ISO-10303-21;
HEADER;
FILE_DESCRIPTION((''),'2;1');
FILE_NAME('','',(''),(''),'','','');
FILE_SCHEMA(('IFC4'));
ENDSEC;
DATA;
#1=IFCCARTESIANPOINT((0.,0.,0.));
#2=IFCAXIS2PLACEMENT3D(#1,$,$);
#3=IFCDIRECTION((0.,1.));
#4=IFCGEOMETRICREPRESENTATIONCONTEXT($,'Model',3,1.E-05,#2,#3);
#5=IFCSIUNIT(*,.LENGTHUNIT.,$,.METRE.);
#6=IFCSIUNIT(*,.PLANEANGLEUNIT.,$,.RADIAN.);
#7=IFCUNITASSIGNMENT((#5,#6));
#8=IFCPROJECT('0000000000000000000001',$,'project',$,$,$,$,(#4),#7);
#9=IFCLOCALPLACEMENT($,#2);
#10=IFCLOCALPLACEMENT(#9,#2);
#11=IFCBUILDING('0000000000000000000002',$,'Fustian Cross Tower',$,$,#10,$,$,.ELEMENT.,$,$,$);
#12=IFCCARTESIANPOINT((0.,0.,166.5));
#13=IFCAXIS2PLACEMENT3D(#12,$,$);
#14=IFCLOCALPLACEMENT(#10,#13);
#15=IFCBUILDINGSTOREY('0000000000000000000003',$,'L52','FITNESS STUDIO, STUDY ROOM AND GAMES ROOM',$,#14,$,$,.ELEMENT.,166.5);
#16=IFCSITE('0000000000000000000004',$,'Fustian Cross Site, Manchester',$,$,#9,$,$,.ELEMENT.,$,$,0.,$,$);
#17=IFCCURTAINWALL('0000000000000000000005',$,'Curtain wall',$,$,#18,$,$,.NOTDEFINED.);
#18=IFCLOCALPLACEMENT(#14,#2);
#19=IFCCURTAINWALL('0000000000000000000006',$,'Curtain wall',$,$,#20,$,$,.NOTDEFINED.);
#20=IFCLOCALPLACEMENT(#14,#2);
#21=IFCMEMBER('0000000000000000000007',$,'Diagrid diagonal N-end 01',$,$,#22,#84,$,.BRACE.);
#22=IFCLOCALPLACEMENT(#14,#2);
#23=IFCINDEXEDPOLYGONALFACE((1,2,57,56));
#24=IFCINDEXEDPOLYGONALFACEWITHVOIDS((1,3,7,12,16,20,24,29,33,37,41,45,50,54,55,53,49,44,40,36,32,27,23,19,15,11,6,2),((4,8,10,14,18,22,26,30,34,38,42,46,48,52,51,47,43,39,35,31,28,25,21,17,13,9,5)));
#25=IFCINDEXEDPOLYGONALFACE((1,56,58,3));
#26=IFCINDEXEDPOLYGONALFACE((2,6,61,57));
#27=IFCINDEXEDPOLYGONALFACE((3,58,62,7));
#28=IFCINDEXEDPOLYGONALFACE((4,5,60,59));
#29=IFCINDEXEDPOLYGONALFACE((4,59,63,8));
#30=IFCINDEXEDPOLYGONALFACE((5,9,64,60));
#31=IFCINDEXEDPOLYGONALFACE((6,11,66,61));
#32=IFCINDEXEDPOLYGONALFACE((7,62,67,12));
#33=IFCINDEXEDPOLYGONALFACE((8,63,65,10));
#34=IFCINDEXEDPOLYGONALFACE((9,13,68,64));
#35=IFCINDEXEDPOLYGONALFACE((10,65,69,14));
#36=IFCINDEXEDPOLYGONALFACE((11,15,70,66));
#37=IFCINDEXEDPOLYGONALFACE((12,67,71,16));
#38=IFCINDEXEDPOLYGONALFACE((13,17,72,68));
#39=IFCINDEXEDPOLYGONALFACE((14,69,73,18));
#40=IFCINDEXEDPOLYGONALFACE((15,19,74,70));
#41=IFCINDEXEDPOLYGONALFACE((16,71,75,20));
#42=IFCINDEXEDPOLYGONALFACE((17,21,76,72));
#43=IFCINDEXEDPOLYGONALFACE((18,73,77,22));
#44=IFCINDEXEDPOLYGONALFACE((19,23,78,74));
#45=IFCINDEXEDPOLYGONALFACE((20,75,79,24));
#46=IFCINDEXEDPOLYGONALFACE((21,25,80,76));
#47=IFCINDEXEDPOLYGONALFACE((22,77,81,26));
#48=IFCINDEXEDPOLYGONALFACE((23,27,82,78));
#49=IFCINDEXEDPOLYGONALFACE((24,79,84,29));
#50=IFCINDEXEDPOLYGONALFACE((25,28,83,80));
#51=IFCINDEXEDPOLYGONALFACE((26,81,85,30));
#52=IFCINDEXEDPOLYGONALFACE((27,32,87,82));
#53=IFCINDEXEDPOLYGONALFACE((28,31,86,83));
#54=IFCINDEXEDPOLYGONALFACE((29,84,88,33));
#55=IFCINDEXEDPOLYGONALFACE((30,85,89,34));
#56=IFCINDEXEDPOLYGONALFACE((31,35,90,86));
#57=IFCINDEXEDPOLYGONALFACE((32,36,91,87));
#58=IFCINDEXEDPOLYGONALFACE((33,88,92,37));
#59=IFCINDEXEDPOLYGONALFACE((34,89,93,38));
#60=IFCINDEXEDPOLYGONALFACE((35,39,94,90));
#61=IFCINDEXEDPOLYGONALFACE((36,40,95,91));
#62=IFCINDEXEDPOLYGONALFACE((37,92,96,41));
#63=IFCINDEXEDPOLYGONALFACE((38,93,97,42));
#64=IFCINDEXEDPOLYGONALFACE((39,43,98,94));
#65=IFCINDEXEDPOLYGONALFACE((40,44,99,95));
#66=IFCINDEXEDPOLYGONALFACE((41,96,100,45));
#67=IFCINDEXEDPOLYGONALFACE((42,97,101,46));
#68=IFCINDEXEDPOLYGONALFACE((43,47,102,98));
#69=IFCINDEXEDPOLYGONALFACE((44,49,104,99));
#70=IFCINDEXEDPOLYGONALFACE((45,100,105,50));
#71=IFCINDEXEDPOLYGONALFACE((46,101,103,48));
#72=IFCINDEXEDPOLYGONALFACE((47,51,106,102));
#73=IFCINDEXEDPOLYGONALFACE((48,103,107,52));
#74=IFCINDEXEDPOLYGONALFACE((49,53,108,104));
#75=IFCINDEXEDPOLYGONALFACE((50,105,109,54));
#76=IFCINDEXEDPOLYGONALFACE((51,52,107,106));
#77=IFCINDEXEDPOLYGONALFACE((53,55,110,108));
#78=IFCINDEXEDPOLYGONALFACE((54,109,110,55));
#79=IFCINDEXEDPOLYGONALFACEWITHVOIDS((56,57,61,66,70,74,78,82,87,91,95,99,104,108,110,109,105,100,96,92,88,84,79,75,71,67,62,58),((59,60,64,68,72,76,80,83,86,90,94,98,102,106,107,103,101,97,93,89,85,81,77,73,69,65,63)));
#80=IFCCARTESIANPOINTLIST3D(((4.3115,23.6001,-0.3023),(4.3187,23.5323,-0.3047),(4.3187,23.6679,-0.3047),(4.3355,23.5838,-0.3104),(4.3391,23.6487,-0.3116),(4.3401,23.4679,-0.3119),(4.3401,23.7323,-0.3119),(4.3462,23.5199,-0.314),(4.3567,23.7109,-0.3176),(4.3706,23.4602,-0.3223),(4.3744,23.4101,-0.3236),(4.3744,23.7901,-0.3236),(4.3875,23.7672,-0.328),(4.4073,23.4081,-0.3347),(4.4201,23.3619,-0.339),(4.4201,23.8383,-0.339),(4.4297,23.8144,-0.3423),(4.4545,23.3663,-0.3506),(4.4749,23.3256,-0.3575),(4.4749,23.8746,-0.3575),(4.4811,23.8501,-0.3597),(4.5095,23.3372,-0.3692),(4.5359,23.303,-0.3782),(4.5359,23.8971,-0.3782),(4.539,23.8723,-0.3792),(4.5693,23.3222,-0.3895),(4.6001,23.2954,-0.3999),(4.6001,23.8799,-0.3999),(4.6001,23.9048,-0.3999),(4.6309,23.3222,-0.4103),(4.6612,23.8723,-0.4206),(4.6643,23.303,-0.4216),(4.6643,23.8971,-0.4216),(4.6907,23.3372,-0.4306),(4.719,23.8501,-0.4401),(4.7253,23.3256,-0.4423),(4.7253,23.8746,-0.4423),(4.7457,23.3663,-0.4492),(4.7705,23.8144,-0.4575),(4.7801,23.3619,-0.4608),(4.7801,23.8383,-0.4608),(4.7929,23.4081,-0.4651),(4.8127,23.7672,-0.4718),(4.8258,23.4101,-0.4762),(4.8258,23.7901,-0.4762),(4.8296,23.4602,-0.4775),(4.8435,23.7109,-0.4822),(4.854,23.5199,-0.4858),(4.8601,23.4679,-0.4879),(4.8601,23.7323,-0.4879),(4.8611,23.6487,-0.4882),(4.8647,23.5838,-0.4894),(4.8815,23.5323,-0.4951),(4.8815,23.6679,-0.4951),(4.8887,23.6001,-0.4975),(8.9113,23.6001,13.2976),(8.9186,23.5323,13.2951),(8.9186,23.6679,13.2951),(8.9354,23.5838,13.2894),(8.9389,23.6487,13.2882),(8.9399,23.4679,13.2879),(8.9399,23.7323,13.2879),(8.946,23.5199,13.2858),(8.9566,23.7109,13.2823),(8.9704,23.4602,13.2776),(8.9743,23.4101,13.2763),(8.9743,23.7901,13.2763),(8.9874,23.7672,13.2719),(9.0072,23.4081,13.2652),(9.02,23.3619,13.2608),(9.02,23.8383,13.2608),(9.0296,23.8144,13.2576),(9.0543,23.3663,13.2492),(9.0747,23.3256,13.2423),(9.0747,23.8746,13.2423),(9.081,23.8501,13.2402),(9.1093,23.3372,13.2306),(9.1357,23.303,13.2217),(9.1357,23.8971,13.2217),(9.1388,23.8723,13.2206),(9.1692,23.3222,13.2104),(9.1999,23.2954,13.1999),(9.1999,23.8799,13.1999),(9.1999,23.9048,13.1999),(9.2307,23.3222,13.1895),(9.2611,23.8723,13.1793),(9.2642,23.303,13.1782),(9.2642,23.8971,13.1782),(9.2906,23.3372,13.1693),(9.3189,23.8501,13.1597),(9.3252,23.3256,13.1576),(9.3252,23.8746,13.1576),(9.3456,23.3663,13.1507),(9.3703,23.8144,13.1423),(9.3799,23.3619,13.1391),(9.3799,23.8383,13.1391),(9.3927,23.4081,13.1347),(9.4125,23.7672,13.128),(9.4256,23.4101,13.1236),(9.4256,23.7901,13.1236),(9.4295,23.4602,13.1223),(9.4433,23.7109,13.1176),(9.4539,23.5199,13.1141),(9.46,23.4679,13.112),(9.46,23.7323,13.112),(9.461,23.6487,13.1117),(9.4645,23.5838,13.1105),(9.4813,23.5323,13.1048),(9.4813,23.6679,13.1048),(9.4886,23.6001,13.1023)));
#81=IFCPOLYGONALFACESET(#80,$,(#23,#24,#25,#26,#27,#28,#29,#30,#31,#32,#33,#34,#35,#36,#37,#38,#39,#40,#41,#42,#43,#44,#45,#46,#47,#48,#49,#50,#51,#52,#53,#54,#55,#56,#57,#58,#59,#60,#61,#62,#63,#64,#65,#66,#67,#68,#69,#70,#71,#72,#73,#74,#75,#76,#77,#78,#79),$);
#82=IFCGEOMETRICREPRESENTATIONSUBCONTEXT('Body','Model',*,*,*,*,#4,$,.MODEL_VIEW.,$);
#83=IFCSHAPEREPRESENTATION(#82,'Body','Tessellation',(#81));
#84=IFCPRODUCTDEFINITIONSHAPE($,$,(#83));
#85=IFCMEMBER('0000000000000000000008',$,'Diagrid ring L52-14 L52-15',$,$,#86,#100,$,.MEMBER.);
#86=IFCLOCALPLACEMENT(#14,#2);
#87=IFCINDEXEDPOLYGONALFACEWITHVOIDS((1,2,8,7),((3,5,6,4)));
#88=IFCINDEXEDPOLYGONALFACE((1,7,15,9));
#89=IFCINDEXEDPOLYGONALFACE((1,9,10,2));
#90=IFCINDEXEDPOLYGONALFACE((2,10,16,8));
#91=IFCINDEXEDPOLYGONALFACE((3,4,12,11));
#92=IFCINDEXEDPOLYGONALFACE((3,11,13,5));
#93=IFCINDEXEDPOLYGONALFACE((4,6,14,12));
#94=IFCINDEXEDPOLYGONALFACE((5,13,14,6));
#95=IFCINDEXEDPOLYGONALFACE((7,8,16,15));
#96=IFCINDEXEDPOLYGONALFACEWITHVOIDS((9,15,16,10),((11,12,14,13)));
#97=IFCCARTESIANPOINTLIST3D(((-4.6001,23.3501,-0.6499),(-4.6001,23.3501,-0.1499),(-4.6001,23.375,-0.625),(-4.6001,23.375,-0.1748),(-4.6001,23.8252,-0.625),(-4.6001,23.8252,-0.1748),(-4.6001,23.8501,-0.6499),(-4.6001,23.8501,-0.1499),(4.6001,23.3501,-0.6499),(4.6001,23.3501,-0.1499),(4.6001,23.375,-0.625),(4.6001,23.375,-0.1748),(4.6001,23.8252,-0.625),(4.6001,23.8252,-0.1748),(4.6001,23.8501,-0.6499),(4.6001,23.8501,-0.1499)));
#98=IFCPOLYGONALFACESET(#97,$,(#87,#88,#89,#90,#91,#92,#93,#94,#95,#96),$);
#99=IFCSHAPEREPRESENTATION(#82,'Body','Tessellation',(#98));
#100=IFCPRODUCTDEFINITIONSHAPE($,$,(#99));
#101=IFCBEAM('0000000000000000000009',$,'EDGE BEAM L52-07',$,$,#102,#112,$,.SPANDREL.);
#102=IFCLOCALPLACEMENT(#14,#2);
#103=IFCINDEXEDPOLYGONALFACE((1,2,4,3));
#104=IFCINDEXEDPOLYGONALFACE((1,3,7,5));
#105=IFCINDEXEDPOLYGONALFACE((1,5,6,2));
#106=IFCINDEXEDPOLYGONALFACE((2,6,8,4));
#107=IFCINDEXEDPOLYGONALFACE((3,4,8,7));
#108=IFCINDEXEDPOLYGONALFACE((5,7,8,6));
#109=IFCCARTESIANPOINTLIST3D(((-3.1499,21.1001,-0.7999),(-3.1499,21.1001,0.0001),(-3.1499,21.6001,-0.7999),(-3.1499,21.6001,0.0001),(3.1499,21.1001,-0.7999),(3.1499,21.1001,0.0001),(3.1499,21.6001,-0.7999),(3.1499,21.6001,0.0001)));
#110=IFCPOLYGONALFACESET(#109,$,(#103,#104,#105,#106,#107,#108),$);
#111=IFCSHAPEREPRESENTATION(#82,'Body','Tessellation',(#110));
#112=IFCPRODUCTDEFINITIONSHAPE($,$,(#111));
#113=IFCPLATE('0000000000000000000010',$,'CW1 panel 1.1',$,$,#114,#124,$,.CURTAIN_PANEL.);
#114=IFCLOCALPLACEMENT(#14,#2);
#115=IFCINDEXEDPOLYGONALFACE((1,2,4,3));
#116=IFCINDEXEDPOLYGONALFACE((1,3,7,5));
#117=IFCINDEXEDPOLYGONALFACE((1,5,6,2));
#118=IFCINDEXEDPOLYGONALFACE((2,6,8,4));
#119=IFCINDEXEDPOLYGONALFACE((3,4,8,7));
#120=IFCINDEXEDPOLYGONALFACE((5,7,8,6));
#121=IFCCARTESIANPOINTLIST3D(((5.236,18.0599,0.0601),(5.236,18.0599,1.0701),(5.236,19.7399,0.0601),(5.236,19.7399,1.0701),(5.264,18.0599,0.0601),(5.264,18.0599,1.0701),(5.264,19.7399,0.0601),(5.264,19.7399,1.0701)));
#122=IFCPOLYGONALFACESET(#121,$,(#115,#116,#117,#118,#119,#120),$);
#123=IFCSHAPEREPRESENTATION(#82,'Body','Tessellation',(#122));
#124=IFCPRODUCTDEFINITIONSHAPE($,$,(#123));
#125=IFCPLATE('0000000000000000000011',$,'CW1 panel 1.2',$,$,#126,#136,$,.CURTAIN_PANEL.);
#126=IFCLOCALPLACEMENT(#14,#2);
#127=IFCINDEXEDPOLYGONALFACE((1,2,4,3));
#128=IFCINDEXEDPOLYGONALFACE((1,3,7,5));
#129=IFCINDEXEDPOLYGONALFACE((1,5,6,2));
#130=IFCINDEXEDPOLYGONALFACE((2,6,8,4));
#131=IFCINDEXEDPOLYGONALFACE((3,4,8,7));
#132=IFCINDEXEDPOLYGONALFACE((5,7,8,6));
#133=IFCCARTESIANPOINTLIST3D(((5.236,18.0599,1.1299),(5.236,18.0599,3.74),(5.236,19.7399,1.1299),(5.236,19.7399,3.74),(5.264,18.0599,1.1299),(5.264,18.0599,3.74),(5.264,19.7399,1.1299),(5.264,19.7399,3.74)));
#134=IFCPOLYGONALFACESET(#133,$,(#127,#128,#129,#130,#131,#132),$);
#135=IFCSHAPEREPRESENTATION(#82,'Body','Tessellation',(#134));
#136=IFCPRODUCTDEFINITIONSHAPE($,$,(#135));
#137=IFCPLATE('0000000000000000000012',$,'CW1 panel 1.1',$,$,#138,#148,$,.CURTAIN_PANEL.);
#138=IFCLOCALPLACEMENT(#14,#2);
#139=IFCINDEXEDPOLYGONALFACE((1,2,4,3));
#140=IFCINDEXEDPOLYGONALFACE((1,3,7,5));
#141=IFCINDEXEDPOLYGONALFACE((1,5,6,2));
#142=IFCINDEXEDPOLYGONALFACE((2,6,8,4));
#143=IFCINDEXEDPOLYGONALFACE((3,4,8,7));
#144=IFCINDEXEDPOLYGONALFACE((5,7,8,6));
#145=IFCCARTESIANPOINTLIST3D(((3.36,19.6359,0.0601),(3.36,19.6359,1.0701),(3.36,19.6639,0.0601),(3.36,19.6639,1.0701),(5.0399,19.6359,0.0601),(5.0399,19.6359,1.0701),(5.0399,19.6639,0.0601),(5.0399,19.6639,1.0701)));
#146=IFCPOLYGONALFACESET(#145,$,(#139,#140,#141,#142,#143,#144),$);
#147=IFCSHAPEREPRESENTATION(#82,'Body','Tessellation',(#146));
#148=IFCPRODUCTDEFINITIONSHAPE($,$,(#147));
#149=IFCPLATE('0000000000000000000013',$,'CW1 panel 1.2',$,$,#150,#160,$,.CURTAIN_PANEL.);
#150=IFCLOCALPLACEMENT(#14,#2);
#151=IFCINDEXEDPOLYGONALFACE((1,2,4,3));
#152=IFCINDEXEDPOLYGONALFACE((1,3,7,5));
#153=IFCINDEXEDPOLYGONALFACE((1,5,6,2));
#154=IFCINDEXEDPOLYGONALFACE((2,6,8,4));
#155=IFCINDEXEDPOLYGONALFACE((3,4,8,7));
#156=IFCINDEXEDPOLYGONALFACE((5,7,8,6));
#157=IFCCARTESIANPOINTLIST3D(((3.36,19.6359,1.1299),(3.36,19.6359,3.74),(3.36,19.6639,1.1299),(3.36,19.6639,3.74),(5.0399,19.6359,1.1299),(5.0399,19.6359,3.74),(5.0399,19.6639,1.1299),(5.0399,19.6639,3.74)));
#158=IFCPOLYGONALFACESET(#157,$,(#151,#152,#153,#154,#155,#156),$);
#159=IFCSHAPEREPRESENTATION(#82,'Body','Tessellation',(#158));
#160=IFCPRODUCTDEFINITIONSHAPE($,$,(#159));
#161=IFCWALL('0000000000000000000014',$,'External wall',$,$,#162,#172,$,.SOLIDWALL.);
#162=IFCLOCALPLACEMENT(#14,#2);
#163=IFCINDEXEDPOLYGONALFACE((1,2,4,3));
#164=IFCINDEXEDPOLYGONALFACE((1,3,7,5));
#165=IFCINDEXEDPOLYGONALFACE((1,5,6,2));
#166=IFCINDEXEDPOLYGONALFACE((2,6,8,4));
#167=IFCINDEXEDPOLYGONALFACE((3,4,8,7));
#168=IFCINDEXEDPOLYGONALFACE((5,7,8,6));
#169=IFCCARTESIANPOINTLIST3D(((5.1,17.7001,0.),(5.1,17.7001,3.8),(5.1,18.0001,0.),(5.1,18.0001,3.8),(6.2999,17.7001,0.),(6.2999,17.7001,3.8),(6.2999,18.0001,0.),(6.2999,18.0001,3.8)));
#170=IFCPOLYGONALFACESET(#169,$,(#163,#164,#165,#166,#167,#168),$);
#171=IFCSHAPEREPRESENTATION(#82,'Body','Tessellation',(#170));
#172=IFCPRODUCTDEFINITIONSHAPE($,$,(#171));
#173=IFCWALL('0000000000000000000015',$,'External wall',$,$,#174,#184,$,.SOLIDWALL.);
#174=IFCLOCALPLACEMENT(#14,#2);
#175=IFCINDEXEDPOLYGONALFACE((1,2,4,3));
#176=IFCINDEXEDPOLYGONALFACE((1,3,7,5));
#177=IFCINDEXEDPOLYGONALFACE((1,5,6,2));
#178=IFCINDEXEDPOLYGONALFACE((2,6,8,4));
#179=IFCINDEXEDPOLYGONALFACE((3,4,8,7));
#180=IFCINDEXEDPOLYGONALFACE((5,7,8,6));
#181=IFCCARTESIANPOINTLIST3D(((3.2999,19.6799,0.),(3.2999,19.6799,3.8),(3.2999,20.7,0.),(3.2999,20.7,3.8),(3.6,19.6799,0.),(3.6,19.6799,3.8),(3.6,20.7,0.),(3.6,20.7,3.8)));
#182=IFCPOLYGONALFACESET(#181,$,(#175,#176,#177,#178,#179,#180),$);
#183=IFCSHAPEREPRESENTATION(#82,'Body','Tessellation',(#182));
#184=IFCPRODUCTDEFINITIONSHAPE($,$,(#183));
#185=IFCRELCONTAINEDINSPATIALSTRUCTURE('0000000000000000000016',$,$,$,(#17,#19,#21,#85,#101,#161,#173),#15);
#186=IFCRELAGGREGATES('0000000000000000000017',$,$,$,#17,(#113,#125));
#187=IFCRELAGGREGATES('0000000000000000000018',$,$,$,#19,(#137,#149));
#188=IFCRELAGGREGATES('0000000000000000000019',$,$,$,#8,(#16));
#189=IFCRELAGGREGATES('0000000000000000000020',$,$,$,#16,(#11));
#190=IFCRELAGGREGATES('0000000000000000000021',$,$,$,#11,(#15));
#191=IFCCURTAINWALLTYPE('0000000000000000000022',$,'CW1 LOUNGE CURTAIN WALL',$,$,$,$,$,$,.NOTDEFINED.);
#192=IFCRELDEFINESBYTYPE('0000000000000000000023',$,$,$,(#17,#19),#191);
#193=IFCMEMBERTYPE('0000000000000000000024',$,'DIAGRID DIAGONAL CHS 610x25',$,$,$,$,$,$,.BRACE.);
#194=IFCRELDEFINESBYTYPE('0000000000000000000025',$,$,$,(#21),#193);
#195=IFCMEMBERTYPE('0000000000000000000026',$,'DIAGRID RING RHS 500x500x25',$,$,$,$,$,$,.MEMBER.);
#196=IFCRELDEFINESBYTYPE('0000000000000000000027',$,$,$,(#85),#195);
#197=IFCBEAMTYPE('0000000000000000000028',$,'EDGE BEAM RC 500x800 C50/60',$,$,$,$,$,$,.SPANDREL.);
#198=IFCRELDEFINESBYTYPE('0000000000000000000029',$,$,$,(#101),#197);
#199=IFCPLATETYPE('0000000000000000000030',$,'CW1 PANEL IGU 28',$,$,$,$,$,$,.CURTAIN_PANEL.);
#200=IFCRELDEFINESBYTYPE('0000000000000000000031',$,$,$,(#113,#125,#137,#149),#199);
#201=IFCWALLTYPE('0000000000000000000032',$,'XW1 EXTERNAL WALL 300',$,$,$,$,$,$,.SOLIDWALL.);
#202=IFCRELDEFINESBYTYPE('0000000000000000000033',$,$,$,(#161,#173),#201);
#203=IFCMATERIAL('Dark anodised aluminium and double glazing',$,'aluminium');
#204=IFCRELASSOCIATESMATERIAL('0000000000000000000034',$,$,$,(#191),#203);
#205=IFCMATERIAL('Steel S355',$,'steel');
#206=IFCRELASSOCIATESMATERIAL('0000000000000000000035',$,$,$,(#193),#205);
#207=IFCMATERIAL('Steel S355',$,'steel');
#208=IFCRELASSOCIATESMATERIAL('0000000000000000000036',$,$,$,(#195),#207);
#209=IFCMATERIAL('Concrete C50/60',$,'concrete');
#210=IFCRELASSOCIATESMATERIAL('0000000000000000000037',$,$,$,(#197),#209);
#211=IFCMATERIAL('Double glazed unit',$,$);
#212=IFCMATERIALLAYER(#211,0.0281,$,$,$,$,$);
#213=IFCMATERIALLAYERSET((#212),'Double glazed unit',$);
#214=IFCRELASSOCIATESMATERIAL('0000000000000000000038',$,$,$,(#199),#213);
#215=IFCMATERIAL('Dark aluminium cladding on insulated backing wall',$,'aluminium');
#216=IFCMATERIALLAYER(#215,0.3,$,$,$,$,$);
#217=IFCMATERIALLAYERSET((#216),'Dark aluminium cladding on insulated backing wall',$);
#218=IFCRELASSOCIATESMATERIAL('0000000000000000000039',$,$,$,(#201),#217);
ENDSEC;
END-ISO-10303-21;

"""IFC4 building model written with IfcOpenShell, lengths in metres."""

from ifc_helpers import new_model, si_unit, direction, frame, frame_2d, origin, origin_2d, place, context, subcontext, project, spatial, rectangle, hollow_rectangle, hollow_circle, extrude, material, layer, layer_set, material_profile, profile_set, type_object, element, aggregate, save


model = new_model("IFC4")

# Units and contexts
model_context = context("Model", 3, precision=1e-05, world=origin(), true_north=direction((0.0, 1.0)))
body_context = subcontext(model_context, "Body", "Model", "MODEL_VIEW")
ifc_project = project(units=[si_unit("LENGTHUNIT", "METRE"), si_unit("PLANEANGLEUNIT", "RADIAN")], contexts=[model_context])

# Site, building, storey
site_placement = place(None, origin())
site = spatial("IfcSite", under=ifc_project, at=site_placement, Name="Fustian Cross Site, Manchester", CompositionType="ELEMENT", RefElevation=0.0)
building_placement = place(site_placement, origin())
building = spatial("IfcBuilding", under=site, at=building_placement, Name="Fustian Cross Tower", CompositionType="ELEMENT")
storey_placement = place(building_placement, frame((0.0, 0.0, 166.5)))
storey = spatial("IfcBuildingStorey", under=building, at=storey_placement, Name="L52", Description="FITNESS STUDIO, STUDY ROOM AND GAMES ROOM", CompositionType="ELEMENT", Elevation=166.5)

# Curtain walls
ifc_material_1 = material(Name="Dark anodised aluminium and double glazing", Category="aluminium")
curtain_wall_type = type_object("IfcCurtainWallType", Name="CW1 LOUNGE CURTAIN WALL", PredefinedType="NOTDEFINED", material=ifc_material_1)
curtain_wall_1_placement = place(storey_placement, origin())
curtain_wall_1 = element("IfcCurtainWall", 1, at=curtain_wall_1_placement, inside=storey, type_object=curtain_wall_type, Name="Curtain wall", PredefinedType="NOTDEFINED")
curtain_wall_2_placement = place(storey_placement, origin())
curtain_wall_2 = element("IfcCurtainWall", 2, at=curtain_wall_2_placement, inside=storey, type_object=curtain_wall_type, Name="Curtain wall", PredefinedType="NOTDEFINED")

# Members
ifc_material_2 = material(Name="Steel S355", Category="steel")
ifc_material_profile_1 = material_profile(ifc_material_2, hollow_circle(Radius=0.3047, WallThickness=0.0249, at=origin_2d()), Name="CHS 610x25")
ifc_profile_set_1 = profile_set([ifc_material_profile_1], Name="Steel S355")
member_type_1 = type_object("IfcMemberType", Name="DIAGRID DIAGONAL CHS 610x25", PredefinedType="BRACE", material=ifc_profile_set_1)
member_1_placement = place(storey_placement, frame((4.6001, 23.6001, -0.3999), z_axis=(0.320398, 0.0, 0.947283), x_axis=(0.0, 1.0, 0.0)))
element("IfcMember", 3, at=member_1_placement, inside=storey, type_object=member_type_1, Name="Diagrid diagonal N-end 01", PredefinedType="BRACE", context=body_context, shape_type="SweptSolid", body=[
    extrude(hollow_circle(Radius=0.3047, WallThickness=0.0249, at=origin_2d()), origin(), (0.0, 0.0, 1.0), 14.3567),
])
ifc_material_3 = material(Name="Steel S355", Category="steel")
ifc_material_profile_2 = material_profile(ifc_material_3, hollow_rectangle(XDim=0.5, YDim=0.5, WallThickness=0.0249, at=origin_2d()), Name="RHS 500x500x25")
ifc_profile_set_2 = profile_set([ifc_material_profile_2], Name="Steel S355")
member_type_2 = type_object("IfcMemberType", Name="DIAGRID RING RHS 500x500x25", PredefinedType="MEMBER", material=ifc_profile_set_2)
member_2_placement = place(storey_placement, frame((4.6001, 23.6001, -0.3999), z_axis=(-1.0, 0.0, 0.0), x_axis=(0.0, -1.0, 0.0)))
element("IfcMember", 4, at=member_2_placement, inside=storey, type_object=member_type_2, Name="Diagrid ring L52-14 L52-15", PredefinedType="MEMBER", context=body_context, shape_type="SweptSolid", body=[
    extrude(hollow_rectangle(XDim=0.5, YDim=0.5, WallThickness=0.0249, at=origin_2d()), origin(), (0.0, 0.0, 1.0), 9.2002),
])

# Beam
ifc_material_4 = material(Name="Concrete C50/60", Category="concrete")
ifc_material_profile_3 = material_profile(ifc_material_4, rectangle(XDim=0.5, YDim=0.8, at=origin_2d()), Name="RC 500x800")
ifc_profile_set_3 = profile_set([ifc_material_profile_3], Name="Concrete C50/60")
beam_type = type_object("IfcBeamType", Name="EDGE BEAM RC 500x800 C50/60", PredefinedType="SPANDREL", material=ifc_profile_set_3)
beam_placement = place(storey_placement, frame((3.1499, 21.3501, -0.3999), z_axis=(-1.0, 0.0, 0.0), x_axis=(0.0, -1.0, 0.0)))
element("IfcBeam", 5, at=beam_placement, inside=storey, type_object=beam_type, Name="EDGE BEAM L52-07", PredefinedType="SPANDREL", context=body_context, shape_type="SweptSolid", body=[
    extrude(rectangle(XDim=0.5, YDim=0.8, at=origin_2d()), origin(), (0.0, 0.0, 1.0), 6.2998),
])

# Plates
ifc_material_5 = material(Name="Double glazed unit")
ifc_layer_1 = layer(ifc_material_5, 0.0281)
ifc_layer_set_1 = layer_set([ifc_layer_1], Name="Double glazed unit")
plate_type = type_object("IfcPlateType", Name="CW1 PANEL IGU 28", PredefinedType="CURTAIN_PANEL", material=ifc_layer_set_1)
plate_1_placement = place(storey_placement, frame((5.25, 18.8999, 0.0601), z_axis=(0.0, 0.0, 1.0), x_axis=(0.0, 1.0, 0.0)))
plate_1 = element("IfcPlate", 6, at=plate_1_placement, type_object=plate_type, Name="CW1 panel 1.1", PredefinedType="CURTAIN_PANEL", context=body_context, shape_type="SweptSolid", body=[
    extrude(rectangle(XDim=1.6799, YDim=0.0281, at=origin_2d()), origin(), (0.0, 0.0, 1.0), 1.01),
])
plate_2_placement = place(storey_placement, frame((5.25, 18.8999, 1.1299), z_axis=(0.0, 0.0, 1.0), x_axis=(0.0, 1.0, 0.0)))
plate_2 = element("IfcPlate", 7, at=plate_2_placement, type_object=plate_type, Name="CW1 panel 1.2", PredefinedType="CURTAIN_PANEL", context=body_context, shape_type="SweptSolid", body=[
    extrude(rectangle(XDim=1.6799, YDim=0.0281, at=origin_2d()), origin(), (0.0, 0.0, 1.0), 2.6101),
])
aggregate(curtain_wall_1, [plate_1, plate_2])
plate_3_placement = place(storey_placement, frame((4.2, 19.6499, 0.0601), z_axis=(0.0, 0.0, 1.0), x_axis=(-1.0, 0.0, 0.0)))
plate_3 = element("IfcPlate", 8, at=plate_3_placement, type_object=plate_type, Name="CW1 panel 1.1", PredefinedType="CURTAIN_PANEL", context=body_context, shape_type="SweptSolid", body=[
    extrude(rectangle(XDim=1.6799, YDim=0.0281, at=origin_2d()), origin(), (0.0, 0.0, 1.0), 1.01),
])
plate_4_placement = place(storey_placement, frame((4.2, 19.6499, 1.1299), z_axis=(0.0, 0.0, 1.0), x_axis=(-1.0, 0.0, 0.0)))
plate_4 = element("IfcPlate", 9, at=plate_4_placement, type_object=plate_type, Name="CW1 panel 1.2", PredefinedType="CURTAIN_PANEL", context=body_context, shape_type="SweptSolid", body=[
    extrude(rectangle(XDim=1.6799, YDim=0.0281, at=origin_2d()), origin(), (0.0, 0.0, 1.0), 2.6101),
])
aggregate(curtain_wall_2, [plate_3, plate_4])

# Walls
ifc_material_6 = material(Name="Dark aluminium cladding on insulated backing wall", Category="aluminium")
ifc_layer_2 = layer(ifc_material_6, 0.3)
ifc_layer_set_2 = layer_set([ifc_layer_2], Name="Dark aluminium cladding on insulated backing wall")
wall_type = type_object("IfcWallType", Name="XW1 EXTERNAL WALL 300", PredefinedType="SOLIDWALL", material=ifc_layer_set_2)
wall_1_placement = place(storey_placement, frame((6.3, 17.8501, 0.0), z_axis=(0.0, 0.0, 1.0), x_axis=(-1.0, 0.0, 0.0)))
element("IfcWall", 10, at=wall_1_placement, inside=storey, type_object=wall_type, Name="External wall", PredefinedType="SOLIDWALL", context=body_context, shape_type="SweptSolid", body=[
    extrude(rectangle(XDim=1.2, YDim=0.3, at=frame_2d((0.6001, 0.0))), origin(), (0.0, 0.0, 1.0), 3.8),
])
wall_2_placement = place(storey_placement, frame((3.45, 19.6799, 0.0), z_axis=(0.0, 0.0, 1.0), x_axis=(0.0, 1.0, 0.0)))
element("IfcWall", 11, at=wall_2_placement, inside=storey, type_object=wall_type, Name="External wall", PredefinedType="SOLIDWALL", context=body_context, shape_type="SweptSolid", body=[
    extrude(rectangle(XDim=1.02, YDim=0.3, at=frame_2d((0.51, 0.0))), origin(), (0.0, 0.0, 1.0), 3.8),
])

save(model, "model.ifc")
